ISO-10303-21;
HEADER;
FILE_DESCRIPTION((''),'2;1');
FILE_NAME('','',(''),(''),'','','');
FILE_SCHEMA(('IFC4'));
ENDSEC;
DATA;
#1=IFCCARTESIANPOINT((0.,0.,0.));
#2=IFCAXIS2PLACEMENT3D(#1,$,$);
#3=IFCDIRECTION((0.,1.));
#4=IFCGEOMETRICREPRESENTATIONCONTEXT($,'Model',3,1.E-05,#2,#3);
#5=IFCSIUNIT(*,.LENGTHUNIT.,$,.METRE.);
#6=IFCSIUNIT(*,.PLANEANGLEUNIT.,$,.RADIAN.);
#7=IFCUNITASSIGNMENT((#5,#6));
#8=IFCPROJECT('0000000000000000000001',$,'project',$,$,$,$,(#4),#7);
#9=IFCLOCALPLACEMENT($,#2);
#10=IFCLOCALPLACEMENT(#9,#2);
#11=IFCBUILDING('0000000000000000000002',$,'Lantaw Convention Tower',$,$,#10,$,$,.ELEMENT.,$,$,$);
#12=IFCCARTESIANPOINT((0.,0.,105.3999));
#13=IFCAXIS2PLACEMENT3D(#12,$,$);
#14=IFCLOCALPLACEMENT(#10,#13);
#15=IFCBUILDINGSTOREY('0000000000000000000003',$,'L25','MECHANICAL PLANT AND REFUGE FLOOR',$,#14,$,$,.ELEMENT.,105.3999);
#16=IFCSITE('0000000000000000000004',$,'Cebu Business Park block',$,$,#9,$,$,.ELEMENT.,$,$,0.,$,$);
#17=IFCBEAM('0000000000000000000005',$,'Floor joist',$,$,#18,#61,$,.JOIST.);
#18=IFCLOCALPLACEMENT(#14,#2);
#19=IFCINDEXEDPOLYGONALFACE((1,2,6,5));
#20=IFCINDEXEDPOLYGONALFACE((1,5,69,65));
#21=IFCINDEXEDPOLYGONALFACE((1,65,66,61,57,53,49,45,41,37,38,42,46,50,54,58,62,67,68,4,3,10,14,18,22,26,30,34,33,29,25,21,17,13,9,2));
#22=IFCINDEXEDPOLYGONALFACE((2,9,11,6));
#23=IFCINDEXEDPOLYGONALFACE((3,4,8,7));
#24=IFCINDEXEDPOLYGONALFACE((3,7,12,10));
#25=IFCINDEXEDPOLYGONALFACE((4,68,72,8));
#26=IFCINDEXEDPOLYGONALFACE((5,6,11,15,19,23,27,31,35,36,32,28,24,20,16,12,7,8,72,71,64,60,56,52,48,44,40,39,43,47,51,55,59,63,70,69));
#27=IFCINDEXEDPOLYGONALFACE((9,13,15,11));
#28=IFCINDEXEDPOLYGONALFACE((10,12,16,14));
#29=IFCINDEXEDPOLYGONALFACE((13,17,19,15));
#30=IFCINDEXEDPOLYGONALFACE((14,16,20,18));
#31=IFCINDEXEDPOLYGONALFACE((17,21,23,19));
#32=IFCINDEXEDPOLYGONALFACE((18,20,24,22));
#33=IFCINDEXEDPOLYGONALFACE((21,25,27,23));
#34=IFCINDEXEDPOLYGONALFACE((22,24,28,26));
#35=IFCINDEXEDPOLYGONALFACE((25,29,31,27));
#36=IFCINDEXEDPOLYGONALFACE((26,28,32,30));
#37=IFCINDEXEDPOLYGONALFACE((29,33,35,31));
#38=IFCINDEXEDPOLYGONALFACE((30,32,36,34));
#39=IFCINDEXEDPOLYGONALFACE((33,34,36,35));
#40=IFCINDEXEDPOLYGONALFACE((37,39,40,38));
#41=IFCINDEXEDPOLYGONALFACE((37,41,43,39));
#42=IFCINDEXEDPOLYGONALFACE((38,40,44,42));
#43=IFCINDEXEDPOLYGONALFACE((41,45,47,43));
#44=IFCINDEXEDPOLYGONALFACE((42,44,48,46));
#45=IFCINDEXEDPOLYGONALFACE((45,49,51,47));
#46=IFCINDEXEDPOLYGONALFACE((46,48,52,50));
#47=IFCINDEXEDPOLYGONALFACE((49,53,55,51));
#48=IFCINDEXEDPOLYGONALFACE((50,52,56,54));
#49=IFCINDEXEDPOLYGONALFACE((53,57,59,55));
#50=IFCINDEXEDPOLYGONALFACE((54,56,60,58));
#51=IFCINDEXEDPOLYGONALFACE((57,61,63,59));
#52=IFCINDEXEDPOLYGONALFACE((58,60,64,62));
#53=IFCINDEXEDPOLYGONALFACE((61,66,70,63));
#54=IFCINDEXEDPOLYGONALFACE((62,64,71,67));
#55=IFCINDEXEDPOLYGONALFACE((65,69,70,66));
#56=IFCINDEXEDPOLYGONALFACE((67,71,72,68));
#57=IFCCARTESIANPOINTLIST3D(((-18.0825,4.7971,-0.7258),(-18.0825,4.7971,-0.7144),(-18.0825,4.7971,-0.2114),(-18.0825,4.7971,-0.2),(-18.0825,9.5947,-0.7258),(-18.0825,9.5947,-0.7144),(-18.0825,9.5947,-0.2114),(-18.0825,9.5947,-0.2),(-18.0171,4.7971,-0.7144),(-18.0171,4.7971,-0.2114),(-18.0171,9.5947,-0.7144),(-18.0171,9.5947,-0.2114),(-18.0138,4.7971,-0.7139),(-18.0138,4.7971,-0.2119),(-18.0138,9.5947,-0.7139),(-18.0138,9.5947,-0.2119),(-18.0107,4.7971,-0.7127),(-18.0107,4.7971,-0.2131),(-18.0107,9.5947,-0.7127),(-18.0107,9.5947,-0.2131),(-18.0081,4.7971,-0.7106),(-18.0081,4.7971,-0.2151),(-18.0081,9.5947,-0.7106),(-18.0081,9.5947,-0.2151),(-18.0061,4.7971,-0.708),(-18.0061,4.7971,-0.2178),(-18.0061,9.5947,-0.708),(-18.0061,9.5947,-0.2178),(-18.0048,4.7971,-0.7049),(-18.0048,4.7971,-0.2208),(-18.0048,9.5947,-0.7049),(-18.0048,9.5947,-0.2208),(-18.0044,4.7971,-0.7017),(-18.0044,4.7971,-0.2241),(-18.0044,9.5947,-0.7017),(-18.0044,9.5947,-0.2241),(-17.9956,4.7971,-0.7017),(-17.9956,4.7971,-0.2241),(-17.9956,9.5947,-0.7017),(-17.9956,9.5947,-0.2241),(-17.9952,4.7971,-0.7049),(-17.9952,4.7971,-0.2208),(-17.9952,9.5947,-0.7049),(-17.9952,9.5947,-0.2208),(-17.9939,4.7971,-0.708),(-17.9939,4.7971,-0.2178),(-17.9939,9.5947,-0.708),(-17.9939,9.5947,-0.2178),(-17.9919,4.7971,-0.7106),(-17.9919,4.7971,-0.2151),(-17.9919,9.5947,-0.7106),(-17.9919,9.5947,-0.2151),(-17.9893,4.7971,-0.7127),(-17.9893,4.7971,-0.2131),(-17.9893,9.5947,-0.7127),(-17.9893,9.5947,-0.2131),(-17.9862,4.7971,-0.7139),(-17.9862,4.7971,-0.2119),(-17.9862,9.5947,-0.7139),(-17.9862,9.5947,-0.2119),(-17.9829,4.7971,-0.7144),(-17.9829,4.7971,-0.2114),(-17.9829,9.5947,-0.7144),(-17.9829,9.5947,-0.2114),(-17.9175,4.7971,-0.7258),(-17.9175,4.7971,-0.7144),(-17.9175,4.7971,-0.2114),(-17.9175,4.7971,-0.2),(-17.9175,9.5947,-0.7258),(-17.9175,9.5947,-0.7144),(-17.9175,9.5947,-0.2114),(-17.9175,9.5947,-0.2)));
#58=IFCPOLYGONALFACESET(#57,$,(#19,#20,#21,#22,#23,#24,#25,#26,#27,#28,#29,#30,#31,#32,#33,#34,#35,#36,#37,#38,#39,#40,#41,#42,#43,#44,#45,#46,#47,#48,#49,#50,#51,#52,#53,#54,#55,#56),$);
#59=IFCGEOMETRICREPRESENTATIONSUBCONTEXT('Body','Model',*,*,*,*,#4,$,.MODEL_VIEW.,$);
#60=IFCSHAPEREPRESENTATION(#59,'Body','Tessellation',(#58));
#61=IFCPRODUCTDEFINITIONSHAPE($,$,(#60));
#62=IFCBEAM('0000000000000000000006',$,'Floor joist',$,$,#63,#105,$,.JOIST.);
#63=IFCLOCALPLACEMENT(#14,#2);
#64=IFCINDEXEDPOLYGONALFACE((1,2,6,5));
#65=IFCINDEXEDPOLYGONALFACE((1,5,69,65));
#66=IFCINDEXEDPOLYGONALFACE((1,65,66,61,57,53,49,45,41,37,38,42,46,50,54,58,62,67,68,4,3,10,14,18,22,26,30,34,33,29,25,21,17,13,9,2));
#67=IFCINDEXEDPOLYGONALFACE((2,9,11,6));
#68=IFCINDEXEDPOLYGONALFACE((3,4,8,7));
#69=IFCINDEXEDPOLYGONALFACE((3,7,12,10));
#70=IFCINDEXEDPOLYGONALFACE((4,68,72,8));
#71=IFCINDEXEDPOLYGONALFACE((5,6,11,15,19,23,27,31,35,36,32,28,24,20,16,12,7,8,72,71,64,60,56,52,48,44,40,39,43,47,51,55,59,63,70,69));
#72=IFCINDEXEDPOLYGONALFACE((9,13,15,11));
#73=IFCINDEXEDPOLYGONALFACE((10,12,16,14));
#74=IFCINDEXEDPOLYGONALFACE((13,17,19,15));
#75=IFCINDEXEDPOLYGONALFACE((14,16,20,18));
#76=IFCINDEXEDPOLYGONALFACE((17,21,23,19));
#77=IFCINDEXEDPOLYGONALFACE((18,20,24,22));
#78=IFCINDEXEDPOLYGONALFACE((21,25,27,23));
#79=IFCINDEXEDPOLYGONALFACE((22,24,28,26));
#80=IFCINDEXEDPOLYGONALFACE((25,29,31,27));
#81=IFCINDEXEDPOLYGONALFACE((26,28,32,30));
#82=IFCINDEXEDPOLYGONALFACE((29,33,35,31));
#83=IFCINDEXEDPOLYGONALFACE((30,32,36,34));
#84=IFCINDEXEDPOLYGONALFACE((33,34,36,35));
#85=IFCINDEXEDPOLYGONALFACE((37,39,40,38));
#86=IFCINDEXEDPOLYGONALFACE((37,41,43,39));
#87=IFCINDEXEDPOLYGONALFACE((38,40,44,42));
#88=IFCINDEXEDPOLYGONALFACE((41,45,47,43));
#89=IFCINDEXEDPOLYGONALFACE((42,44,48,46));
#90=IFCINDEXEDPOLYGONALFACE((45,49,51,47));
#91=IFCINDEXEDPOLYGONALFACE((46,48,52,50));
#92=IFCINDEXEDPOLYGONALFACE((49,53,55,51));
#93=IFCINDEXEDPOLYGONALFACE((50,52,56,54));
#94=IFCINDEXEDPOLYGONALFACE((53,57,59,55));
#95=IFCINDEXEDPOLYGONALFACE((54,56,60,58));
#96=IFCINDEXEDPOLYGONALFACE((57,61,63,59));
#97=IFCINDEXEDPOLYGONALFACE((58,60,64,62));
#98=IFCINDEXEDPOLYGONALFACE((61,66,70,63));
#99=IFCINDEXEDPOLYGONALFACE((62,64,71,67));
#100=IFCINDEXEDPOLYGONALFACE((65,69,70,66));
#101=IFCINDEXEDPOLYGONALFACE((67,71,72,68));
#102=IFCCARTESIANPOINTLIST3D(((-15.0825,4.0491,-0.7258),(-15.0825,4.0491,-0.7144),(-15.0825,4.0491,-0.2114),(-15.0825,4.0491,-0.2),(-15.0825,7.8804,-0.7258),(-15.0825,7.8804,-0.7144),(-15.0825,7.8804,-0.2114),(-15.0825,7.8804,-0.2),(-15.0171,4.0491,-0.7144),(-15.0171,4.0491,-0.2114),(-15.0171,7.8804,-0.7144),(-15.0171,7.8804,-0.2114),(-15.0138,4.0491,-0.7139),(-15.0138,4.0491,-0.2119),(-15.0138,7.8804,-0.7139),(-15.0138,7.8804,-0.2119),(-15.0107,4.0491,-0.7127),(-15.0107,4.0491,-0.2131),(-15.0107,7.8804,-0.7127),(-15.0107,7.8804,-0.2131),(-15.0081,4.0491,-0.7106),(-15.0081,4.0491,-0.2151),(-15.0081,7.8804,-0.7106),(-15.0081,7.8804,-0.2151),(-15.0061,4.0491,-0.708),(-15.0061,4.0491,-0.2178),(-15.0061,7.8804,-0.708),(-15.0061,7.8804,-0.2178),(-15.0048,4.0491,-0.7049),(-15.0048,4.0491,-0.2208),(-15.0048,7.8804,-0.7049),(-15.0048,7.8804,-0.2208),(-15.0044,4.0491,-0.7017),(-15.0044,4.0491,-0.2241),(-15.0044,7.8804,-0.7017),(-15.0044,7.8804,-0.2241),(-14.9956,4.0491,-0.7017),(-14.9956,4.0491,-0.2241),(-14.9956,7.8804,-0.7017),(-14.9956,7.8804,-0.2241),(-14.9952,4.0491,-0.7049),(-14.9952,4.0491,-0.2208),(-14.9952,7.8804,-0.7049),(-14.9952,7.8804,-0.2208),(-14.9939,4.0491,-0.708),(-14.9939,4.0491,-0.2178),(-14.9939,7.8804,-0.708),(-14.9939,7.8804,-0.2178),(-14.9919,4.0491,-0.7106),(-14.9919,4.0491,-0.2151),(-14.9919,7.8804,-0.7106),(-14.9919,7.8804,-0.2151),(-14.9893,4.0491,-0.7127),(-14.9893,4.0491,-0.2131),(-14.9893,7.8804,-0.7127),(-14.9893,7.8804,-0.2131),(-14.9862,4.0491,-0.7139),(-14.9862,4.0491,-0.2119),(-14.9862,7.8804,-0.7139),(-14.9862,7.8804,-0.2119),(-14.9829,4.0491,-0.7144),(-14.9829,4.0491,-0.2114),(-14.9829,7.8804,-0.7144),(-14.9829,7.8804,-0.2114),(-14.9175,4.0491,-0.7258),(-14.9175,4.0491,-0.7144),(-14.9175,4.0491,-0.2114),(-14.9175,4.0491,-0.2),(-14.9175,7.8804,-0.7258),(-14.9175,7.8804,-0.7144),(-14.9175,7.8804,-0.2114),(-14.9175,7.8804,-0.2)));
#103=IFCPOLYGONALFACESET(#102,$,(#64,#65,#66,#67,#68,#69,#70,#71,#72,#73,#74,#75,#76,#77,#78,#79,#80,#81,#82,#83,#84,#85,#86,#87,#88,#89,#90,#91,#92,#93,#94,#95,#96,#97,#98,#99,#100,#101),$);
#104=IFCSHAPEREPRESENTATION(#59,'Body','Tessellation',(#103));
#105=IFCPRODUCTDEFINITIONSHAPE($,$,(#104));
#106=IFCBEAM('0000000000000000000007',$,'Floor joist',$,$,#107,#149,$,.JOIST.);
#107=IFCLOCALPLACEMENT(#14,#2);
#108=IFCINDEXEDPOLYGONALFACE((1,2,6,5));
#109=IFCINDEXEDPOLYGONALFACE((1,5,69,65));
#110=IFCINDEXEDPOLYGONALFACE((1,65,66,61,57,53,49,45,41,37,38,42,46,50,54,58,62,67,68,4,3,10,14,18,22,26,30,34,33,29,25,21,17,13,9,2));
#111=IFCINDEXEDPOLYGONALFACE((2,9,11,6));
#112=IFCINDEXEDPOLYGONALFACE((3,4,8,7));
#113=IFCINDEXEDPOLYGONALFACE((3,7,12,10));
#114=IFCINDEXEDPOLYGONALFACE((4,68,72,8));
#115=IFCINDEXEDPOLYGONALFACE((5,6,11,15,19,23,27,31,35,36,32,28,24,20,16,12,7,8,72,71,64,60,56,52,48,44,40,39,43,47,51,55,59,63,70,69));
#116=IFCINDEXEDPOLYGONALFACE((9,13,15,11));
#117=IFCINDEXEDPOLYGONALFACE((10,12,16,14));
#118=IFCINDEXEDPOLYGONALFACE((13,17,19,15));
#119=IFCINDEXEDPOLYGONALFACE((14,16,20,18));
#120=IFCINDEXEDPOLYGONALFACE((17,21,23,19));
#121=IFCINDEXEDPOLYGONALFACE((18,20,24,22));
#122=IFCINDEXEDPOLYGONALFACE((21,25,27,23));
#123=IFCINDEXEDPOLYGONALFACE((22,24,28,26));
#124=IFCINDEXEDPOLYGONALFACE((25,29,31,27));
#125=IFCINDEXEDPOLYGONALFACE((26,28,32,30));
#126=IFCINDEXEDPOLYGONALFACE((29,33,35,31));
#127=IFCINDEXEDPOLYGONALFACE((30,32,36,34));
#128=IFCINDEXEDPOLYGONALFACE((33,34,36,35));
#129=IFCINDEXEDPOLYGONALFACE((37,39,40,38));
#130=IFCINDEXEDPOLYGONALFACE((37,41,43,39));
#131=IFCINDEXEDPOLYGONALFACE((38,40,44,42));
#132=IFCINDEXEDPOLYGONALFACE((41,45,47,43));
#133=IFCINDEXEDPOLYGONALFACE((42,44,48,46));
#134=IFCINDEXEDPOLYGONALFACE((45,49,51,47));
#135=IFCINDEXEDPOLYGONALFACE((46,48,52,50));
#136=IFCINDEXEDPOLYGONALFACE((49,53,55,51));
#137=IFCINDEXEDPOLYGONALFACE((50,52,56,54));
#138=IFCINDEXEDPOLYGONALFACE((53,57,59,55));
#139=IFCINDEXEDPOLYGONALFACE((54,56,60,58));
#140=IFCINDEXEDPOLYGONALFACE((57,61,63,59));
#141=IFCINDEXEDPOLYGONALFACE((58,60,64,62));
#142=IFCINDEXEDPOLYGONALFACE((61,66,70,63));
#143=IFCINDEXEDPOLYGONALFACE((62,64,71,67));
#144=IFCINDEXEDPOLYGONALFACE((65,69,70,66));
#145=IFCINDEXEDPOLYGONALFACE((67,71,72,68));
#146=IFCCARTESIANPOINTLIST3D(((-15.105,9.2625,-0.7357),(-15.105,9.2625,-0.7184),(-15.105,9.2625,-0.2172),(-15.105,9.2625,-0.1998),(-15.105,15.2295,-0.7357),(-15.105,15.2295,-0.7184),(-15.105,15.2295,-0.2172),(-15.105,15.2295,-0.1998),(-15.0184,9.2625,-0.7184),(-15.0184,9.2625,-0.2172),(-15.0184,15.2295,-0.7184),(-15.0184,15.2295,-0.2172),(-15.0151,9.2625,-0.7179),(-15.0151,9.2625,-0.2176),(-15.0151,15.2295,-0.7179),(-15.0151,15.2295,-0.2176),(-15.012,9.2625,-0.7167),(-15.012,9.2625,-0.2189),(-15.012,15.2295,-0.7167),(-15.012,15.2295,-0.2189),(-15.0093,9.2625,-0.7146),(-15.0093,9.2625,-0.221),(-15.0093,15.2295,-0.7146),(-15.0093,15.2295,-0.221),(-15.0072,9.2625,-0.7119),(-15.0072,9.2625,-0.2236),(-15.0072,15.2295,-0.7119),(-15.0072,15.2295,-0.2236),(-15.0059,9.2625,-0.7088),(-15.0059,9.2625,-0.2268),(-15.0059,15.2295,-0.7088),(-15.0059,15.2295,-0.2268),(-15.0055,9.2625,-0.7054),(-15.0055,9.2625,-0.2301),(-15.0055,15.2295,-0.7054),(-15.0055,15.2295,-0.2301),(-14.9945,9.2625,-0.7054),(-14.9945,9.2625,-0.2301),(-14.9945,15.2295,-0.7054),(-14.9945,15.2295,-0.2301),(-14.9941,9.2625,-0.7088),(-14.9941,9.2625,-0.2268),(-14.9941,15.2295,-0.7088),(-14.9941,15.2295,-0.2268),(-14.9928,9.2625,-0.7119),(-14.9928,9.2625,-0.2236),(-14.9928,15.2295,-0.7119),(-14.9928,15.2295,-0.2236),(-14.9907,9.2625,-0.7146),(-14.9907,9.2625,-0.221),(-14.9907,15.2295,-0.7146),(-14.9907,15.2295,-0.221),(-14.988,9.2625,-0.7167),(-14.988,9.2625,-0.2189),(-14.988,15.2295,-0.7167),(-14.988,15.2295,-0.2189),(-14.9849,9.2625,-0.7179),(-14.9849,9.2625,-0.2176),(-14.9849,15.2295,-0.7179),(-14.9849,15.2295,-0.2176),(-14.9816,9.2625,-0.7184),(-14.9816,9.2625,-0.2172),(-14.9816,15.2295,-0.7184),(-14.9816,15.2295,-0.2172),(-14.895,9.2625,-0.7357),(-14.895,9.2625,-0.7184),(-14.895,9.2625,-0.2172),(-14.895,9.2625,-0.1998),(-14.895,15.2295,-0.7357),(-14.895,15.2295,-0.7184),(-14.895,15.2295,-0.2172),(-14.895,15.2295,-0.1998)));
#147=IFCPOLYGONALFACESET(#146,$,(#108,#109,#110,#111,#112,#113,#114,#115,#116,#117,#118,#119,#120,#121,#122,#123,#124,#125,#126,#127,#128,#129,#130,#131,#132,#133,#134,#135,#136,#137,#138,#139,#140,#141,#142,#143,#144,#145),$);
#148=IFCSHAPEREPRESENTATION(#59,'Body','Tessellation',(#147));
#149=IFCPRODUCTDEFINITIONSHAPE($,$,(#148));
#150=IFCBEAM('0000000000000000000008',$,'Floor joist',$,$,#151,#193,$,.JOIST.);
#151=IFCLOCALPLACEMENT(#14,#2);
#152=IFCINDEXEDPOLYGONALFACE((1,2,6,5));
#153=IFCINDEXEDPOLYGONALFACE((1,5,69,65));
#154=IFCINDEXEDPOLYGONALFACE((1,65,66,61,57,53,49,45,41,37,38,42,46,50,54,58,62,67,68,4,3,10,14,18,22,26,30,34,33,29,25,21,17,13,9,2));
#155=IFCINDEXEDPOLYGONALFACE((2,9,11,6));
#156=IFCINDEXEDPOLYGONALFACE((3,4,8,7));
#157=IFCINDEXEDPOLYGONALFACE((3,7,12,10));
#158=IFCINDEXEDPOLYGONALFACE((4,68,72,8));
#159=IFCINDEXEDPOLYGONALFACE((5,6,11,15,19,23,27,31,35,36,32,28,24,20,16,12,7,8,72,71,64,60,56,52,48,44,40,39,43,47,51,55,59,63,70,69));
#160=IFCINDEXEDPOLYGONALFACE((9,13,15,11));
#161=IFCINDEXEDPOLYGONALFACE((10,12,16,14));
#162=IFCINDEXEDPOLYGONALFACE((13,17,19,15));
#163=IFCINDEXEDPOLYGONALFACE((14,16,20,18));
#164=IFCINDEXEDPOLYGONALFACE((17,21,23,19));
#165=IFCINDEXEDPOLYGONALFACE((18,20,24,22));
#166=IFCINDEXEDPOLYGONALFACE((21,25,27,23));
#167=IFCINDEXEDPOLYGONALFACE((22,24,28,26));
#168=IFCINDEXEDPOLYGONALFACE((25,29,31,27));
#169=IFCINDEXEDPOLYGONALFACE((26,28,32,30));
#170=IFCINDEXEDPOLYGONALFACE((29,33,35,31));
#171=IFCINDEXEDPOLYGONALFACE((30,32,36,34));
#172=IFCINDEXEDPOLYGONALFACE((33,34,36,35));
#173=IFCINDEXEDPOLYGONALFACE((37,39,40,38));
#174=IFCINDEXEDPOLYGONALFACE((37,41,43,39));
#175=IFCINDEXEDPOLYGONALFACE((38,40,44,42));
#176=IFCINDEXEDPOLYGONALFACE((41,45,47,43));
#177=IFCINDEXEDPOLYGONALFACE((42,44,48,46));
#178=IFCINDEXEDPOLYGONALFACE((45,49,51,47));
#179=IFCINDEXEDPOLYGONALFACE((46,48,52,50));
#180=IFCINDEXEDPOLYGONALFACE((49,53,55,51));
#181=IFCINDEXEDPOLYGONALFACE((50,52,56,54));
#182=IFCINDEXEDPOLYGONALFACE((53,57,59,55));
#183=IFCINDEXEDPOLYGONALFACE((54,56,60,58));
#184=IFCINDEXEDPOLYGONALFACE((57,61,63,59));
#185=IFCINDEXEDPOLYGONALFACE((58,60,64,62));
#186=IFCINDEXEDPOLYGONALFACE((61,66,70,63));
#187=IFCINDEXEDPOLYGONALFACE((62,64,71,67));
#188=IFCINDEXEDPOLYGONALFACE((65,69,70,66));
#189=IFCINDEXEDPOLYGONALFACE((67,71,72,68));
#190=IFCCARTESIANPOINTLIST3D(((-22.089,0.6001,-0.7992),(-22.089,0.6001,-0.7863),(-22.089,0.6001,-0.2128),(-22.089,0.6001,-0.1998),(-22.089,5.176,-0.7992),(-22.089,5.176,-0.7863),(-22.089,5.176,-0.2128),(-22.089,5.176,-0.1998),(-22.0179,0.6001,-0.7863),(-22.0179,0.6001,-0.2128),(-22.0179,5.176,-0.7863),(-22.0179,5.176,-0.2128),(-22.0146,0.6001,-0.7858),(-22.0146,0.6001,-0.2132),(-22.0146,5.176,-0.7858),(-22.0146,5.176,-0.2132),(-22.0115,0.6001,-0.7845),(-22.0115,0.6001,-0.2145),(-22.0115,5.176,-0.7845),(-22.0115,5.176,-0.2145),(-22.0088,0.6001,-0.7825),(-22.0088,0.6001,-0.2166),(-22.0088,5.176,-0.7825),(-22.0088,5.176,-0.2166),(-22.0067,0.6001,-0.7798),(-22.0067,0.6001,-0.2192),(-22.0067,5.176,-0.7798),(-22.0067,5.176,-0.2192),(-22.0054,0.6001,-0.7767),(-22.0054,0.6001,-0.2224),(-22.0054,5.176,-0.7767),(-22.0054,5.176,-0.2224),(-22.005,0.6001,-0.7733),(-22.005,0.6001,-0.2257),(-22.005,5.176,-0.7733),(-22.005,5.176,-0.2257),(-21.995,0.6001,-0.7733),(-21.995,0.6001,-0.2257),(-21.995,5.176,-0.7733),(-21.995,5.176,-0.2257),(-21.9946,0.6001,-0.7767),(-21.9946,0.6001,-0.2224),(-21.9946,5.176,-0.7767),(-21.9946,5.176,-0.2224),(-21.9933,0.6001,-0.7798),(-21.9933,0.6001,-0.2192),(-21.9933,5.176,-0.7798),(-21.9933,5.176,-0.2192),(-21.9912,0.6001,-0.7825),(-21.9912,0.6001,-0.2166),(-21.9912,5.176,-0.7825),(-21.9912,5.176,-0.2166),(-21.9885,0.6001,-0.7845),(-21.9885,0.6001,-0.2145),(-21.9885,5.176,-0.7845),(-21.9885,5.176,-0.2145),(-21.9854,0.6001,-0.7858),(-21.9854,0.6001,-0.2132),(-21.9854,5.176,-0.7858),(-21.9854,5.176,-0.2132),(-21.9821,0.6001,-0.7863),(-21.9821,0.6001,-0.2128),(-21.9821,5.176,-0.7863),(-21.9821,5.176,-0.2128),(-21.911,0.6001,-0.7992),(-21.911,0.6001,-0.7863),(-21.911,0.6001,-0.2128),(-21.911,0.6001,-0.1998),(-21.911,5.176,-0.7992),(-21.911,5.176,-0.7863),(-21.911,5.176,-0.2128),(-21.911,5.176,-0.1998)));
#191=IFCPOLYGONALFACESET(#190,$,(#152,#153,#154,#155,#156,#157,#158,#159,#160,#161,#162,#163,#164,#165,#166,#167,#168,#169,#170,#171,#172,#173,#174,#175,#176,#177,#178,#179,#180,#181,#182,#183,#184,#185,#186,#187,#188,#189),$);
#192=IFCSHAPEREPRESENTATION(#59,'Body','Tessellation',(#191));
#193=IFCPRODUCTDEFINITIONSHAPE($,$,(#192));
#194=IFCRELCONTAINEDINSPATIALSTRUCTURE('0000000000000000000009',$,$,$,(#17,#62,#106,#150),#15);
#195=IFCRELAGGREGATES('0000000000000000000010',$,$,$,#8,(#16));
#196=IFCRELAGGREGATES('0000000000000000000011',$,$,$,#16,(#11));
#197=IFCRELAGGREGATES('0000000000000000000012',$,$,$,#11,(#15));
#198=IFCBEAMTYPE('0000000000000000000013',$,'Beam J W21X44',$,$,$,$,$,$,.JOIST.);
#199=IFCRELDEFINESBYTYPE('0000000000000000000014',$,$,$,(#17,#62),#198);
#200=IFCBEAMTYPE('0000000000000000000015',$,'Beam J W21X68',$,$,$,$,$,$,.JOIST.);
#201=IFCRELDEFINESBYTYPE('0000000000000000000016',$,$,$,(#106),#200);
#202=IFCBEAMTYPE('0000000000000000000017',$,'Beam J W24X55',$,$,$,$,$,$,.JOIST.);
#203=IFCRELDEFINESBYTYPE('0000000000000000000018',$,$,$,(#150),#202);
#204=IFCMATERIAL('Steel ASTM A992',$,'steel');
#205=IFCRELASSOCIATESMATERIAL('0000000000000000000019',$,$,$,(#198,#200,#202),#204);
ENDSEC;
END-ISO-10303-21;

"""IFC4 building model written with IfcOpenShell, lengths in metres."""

from ifc_helpers import new_model, si_unit, direction, frame, origin, origin_2d, place, context, subcontext, project, spatial, i_section, extrude, material, material_profile, profile_set, type_object, element, save


model = new_model("IFC4")

# Units and contexts
model_context = context("Model", 3, precision=1e-05, world=origin(), true_north=direction((0.0, 1.0)))
body_context = subcontext(model_context, "Body", "Model", "MODEL_VIEW")
ifc_project = project(units=[si_unit("LENGTHUNIT", "METRE"), si_unit("PLANEANGLEUNIT", "RADIAN")], contexts=[model_context])

# Site, building, storey
site_placement = place(None, origin())
site = spatial("IfcSite", under=ifc_project, at=site_placement, Name="Cebu Business Park block", CompositionType="ELEMENT", RefElevation=0.0)
building_placement = place(site_placement, origin())
building = spatial("IfcBuilding", under=site, at=building_placement, Name="Lantaw Convention Tower", CompositionType="ELEMENT")
storey_placement = place(building_placement, frame((0.0, 0.0, 105.3999)))
storey = spatial("IfcBuildingStorey", under=building, at=storey_placement, Name="L25", Description="MECHANICAL PLANT AND REFUGE FLOOR", CompositionType="ELEMENT", Elevation=105.3999)

# Beams
ifc_material_1 = material(Name="Steel ASTM A992", Category="steel")
ifc_material_profile_1 = material_profile(ifc_material_1, i_section(OverallWidth=0.165, OverallDepth=0.5259, WebThickness=0.0088, FlangeThickness=0.0115, FilletRadius=0.0127, at=origin_2d()), Name="W21X44")
ifc_profile_set_1 = profile_set([ifc_material_profile_1], Name="Steel ASTM A992")
beam_type_1 = type_object("IfcBeamType", Name="Beam J W21X44", PredefinedType="JOIST", material=ifc_profile_set_1)
beam_1_placement = place(storey_placement, frame((-18.0, 4.7971, -0.4629), z_axis=(0.0, 1.0, 0.0), x_axis=(-1.0, 0.0, 0.0)))
element("IfcBeam", 1, at=beam_1_placement, inside=storey, type_object=beam_type_1, Name="Floor joist", PredefinedType="JOIST", context=body_context, shape_type="SweptSolid", body=[
    extrude(i_section(OverallWidth=0.165, OverallDepth=0.5259, WebThickness=0.0088, FlangeThickness=0.0115, FilletRadius=0.0127, at=origin_2d()), origin(), (0.0, 0.0, 1.0), 4.7976),
])
beam_2_placement = place(storey_placement, frame((-15.0, 4.0491, -0.4629), z_axis=(0.0, 1.0, 0.0), x_axis=(-1.0, 0.0, 0.0)))
element("IfcBeam", 2, at=beam_2_placement, inside=storey, type_object=beam_type_1, Name="Floor joist", PredefinedType="JOIST", context=body_context, shape_type="SweptSolid", body=[
    extrude(i_section(OverallWidth=0.165, OverallDepth=0.5259, WebThickness=0.0088, FlangeThickness=0.0115, FilletRadius=0.0127, at=origin_2d()), origin(), (0.0, 0.0, 1.0), 3.8313),
])
ifc_material_profile_2 = material_profile(ifc_material_1, i_section(OverallWidth=0.21, OverallDepth=0.5359, WebThickness=0.011, FlangeThickness=0.0173, FilletRadius=0.0129, at=origin_2d()), Name="W21X68")
ifc_profile_set_2 = profile_set([ifc_material_profile_2], Name="Steel ASTM A992")
beam_type_2 = type_object("IfcBeamType", Name="Beam J W21X68", PredefinedType="JOIST", material=ifc_profile_set_2)
beam_3_placement = place(storey_placement, frame((-15.0, 9.2625, -0.4678), z_axis=(0.0, 1.0, 0.0), x_axis=(-1.0, 0.0, 0.0)))
element("IfcBeam", 3, at=beam_3_placement, inside=storey, type_object=beam_type_2, Name="Floor joist", PredefinedType="JOIST", context=body_context, shape_type="SweptSolid", body=[
    extrude(i_section(OverallWidth=0.21, OverallDepth=0.5359, WebThickness=0.011, FlangeThickness=0.0173, FilletRadius=0.0129, at=origin_2d()), origin(), (0.0, 0.0, 1.0), 5.967),
])
ifc_material_profile_3 = material_profile(ifc_material_1, i_section(OverallWidth=0.178, OverallDepth=0.5994, WebThickness=0.01, FlangeThickness=0.0129, FilletRadius=0.0129, at=origin_2d()), Name="W24X55")
ifc_profile_set_3 = profile_set([ifc_material_profile_3], Name="Steel ASTM A992")
beam_type_3 = type_object("IfcBeamType", Name="Beam J W24X55", PredefinedType="JOIST", material=ifc_profile_set_3)
beam_4_placement = place(storey_placement, frame((-22.0, 0.6001, -0.4995), z_axis=(0.0, 1.0, 0.0), x_axis=(-1.0, 0.0, 0.0)))
element("IfcBeam", 4, at=beam_4_placement, inside=storey, type_object=beam_type_3, Name="Floor joist", PredefinedType="JOIST", context=body_context, shape_type="SweptSolid", body=[
    extrude(i_section(OverallWidth=0.178, OverallDepth=0.5994, WebThickness=0.01, FlangeThickness=0.0129, FilletRadius=0.0129, at=origin_2d()), origin(), (0.0, 0.0, 1.0), 4.5759),
])

save(model, "model.ifc")
